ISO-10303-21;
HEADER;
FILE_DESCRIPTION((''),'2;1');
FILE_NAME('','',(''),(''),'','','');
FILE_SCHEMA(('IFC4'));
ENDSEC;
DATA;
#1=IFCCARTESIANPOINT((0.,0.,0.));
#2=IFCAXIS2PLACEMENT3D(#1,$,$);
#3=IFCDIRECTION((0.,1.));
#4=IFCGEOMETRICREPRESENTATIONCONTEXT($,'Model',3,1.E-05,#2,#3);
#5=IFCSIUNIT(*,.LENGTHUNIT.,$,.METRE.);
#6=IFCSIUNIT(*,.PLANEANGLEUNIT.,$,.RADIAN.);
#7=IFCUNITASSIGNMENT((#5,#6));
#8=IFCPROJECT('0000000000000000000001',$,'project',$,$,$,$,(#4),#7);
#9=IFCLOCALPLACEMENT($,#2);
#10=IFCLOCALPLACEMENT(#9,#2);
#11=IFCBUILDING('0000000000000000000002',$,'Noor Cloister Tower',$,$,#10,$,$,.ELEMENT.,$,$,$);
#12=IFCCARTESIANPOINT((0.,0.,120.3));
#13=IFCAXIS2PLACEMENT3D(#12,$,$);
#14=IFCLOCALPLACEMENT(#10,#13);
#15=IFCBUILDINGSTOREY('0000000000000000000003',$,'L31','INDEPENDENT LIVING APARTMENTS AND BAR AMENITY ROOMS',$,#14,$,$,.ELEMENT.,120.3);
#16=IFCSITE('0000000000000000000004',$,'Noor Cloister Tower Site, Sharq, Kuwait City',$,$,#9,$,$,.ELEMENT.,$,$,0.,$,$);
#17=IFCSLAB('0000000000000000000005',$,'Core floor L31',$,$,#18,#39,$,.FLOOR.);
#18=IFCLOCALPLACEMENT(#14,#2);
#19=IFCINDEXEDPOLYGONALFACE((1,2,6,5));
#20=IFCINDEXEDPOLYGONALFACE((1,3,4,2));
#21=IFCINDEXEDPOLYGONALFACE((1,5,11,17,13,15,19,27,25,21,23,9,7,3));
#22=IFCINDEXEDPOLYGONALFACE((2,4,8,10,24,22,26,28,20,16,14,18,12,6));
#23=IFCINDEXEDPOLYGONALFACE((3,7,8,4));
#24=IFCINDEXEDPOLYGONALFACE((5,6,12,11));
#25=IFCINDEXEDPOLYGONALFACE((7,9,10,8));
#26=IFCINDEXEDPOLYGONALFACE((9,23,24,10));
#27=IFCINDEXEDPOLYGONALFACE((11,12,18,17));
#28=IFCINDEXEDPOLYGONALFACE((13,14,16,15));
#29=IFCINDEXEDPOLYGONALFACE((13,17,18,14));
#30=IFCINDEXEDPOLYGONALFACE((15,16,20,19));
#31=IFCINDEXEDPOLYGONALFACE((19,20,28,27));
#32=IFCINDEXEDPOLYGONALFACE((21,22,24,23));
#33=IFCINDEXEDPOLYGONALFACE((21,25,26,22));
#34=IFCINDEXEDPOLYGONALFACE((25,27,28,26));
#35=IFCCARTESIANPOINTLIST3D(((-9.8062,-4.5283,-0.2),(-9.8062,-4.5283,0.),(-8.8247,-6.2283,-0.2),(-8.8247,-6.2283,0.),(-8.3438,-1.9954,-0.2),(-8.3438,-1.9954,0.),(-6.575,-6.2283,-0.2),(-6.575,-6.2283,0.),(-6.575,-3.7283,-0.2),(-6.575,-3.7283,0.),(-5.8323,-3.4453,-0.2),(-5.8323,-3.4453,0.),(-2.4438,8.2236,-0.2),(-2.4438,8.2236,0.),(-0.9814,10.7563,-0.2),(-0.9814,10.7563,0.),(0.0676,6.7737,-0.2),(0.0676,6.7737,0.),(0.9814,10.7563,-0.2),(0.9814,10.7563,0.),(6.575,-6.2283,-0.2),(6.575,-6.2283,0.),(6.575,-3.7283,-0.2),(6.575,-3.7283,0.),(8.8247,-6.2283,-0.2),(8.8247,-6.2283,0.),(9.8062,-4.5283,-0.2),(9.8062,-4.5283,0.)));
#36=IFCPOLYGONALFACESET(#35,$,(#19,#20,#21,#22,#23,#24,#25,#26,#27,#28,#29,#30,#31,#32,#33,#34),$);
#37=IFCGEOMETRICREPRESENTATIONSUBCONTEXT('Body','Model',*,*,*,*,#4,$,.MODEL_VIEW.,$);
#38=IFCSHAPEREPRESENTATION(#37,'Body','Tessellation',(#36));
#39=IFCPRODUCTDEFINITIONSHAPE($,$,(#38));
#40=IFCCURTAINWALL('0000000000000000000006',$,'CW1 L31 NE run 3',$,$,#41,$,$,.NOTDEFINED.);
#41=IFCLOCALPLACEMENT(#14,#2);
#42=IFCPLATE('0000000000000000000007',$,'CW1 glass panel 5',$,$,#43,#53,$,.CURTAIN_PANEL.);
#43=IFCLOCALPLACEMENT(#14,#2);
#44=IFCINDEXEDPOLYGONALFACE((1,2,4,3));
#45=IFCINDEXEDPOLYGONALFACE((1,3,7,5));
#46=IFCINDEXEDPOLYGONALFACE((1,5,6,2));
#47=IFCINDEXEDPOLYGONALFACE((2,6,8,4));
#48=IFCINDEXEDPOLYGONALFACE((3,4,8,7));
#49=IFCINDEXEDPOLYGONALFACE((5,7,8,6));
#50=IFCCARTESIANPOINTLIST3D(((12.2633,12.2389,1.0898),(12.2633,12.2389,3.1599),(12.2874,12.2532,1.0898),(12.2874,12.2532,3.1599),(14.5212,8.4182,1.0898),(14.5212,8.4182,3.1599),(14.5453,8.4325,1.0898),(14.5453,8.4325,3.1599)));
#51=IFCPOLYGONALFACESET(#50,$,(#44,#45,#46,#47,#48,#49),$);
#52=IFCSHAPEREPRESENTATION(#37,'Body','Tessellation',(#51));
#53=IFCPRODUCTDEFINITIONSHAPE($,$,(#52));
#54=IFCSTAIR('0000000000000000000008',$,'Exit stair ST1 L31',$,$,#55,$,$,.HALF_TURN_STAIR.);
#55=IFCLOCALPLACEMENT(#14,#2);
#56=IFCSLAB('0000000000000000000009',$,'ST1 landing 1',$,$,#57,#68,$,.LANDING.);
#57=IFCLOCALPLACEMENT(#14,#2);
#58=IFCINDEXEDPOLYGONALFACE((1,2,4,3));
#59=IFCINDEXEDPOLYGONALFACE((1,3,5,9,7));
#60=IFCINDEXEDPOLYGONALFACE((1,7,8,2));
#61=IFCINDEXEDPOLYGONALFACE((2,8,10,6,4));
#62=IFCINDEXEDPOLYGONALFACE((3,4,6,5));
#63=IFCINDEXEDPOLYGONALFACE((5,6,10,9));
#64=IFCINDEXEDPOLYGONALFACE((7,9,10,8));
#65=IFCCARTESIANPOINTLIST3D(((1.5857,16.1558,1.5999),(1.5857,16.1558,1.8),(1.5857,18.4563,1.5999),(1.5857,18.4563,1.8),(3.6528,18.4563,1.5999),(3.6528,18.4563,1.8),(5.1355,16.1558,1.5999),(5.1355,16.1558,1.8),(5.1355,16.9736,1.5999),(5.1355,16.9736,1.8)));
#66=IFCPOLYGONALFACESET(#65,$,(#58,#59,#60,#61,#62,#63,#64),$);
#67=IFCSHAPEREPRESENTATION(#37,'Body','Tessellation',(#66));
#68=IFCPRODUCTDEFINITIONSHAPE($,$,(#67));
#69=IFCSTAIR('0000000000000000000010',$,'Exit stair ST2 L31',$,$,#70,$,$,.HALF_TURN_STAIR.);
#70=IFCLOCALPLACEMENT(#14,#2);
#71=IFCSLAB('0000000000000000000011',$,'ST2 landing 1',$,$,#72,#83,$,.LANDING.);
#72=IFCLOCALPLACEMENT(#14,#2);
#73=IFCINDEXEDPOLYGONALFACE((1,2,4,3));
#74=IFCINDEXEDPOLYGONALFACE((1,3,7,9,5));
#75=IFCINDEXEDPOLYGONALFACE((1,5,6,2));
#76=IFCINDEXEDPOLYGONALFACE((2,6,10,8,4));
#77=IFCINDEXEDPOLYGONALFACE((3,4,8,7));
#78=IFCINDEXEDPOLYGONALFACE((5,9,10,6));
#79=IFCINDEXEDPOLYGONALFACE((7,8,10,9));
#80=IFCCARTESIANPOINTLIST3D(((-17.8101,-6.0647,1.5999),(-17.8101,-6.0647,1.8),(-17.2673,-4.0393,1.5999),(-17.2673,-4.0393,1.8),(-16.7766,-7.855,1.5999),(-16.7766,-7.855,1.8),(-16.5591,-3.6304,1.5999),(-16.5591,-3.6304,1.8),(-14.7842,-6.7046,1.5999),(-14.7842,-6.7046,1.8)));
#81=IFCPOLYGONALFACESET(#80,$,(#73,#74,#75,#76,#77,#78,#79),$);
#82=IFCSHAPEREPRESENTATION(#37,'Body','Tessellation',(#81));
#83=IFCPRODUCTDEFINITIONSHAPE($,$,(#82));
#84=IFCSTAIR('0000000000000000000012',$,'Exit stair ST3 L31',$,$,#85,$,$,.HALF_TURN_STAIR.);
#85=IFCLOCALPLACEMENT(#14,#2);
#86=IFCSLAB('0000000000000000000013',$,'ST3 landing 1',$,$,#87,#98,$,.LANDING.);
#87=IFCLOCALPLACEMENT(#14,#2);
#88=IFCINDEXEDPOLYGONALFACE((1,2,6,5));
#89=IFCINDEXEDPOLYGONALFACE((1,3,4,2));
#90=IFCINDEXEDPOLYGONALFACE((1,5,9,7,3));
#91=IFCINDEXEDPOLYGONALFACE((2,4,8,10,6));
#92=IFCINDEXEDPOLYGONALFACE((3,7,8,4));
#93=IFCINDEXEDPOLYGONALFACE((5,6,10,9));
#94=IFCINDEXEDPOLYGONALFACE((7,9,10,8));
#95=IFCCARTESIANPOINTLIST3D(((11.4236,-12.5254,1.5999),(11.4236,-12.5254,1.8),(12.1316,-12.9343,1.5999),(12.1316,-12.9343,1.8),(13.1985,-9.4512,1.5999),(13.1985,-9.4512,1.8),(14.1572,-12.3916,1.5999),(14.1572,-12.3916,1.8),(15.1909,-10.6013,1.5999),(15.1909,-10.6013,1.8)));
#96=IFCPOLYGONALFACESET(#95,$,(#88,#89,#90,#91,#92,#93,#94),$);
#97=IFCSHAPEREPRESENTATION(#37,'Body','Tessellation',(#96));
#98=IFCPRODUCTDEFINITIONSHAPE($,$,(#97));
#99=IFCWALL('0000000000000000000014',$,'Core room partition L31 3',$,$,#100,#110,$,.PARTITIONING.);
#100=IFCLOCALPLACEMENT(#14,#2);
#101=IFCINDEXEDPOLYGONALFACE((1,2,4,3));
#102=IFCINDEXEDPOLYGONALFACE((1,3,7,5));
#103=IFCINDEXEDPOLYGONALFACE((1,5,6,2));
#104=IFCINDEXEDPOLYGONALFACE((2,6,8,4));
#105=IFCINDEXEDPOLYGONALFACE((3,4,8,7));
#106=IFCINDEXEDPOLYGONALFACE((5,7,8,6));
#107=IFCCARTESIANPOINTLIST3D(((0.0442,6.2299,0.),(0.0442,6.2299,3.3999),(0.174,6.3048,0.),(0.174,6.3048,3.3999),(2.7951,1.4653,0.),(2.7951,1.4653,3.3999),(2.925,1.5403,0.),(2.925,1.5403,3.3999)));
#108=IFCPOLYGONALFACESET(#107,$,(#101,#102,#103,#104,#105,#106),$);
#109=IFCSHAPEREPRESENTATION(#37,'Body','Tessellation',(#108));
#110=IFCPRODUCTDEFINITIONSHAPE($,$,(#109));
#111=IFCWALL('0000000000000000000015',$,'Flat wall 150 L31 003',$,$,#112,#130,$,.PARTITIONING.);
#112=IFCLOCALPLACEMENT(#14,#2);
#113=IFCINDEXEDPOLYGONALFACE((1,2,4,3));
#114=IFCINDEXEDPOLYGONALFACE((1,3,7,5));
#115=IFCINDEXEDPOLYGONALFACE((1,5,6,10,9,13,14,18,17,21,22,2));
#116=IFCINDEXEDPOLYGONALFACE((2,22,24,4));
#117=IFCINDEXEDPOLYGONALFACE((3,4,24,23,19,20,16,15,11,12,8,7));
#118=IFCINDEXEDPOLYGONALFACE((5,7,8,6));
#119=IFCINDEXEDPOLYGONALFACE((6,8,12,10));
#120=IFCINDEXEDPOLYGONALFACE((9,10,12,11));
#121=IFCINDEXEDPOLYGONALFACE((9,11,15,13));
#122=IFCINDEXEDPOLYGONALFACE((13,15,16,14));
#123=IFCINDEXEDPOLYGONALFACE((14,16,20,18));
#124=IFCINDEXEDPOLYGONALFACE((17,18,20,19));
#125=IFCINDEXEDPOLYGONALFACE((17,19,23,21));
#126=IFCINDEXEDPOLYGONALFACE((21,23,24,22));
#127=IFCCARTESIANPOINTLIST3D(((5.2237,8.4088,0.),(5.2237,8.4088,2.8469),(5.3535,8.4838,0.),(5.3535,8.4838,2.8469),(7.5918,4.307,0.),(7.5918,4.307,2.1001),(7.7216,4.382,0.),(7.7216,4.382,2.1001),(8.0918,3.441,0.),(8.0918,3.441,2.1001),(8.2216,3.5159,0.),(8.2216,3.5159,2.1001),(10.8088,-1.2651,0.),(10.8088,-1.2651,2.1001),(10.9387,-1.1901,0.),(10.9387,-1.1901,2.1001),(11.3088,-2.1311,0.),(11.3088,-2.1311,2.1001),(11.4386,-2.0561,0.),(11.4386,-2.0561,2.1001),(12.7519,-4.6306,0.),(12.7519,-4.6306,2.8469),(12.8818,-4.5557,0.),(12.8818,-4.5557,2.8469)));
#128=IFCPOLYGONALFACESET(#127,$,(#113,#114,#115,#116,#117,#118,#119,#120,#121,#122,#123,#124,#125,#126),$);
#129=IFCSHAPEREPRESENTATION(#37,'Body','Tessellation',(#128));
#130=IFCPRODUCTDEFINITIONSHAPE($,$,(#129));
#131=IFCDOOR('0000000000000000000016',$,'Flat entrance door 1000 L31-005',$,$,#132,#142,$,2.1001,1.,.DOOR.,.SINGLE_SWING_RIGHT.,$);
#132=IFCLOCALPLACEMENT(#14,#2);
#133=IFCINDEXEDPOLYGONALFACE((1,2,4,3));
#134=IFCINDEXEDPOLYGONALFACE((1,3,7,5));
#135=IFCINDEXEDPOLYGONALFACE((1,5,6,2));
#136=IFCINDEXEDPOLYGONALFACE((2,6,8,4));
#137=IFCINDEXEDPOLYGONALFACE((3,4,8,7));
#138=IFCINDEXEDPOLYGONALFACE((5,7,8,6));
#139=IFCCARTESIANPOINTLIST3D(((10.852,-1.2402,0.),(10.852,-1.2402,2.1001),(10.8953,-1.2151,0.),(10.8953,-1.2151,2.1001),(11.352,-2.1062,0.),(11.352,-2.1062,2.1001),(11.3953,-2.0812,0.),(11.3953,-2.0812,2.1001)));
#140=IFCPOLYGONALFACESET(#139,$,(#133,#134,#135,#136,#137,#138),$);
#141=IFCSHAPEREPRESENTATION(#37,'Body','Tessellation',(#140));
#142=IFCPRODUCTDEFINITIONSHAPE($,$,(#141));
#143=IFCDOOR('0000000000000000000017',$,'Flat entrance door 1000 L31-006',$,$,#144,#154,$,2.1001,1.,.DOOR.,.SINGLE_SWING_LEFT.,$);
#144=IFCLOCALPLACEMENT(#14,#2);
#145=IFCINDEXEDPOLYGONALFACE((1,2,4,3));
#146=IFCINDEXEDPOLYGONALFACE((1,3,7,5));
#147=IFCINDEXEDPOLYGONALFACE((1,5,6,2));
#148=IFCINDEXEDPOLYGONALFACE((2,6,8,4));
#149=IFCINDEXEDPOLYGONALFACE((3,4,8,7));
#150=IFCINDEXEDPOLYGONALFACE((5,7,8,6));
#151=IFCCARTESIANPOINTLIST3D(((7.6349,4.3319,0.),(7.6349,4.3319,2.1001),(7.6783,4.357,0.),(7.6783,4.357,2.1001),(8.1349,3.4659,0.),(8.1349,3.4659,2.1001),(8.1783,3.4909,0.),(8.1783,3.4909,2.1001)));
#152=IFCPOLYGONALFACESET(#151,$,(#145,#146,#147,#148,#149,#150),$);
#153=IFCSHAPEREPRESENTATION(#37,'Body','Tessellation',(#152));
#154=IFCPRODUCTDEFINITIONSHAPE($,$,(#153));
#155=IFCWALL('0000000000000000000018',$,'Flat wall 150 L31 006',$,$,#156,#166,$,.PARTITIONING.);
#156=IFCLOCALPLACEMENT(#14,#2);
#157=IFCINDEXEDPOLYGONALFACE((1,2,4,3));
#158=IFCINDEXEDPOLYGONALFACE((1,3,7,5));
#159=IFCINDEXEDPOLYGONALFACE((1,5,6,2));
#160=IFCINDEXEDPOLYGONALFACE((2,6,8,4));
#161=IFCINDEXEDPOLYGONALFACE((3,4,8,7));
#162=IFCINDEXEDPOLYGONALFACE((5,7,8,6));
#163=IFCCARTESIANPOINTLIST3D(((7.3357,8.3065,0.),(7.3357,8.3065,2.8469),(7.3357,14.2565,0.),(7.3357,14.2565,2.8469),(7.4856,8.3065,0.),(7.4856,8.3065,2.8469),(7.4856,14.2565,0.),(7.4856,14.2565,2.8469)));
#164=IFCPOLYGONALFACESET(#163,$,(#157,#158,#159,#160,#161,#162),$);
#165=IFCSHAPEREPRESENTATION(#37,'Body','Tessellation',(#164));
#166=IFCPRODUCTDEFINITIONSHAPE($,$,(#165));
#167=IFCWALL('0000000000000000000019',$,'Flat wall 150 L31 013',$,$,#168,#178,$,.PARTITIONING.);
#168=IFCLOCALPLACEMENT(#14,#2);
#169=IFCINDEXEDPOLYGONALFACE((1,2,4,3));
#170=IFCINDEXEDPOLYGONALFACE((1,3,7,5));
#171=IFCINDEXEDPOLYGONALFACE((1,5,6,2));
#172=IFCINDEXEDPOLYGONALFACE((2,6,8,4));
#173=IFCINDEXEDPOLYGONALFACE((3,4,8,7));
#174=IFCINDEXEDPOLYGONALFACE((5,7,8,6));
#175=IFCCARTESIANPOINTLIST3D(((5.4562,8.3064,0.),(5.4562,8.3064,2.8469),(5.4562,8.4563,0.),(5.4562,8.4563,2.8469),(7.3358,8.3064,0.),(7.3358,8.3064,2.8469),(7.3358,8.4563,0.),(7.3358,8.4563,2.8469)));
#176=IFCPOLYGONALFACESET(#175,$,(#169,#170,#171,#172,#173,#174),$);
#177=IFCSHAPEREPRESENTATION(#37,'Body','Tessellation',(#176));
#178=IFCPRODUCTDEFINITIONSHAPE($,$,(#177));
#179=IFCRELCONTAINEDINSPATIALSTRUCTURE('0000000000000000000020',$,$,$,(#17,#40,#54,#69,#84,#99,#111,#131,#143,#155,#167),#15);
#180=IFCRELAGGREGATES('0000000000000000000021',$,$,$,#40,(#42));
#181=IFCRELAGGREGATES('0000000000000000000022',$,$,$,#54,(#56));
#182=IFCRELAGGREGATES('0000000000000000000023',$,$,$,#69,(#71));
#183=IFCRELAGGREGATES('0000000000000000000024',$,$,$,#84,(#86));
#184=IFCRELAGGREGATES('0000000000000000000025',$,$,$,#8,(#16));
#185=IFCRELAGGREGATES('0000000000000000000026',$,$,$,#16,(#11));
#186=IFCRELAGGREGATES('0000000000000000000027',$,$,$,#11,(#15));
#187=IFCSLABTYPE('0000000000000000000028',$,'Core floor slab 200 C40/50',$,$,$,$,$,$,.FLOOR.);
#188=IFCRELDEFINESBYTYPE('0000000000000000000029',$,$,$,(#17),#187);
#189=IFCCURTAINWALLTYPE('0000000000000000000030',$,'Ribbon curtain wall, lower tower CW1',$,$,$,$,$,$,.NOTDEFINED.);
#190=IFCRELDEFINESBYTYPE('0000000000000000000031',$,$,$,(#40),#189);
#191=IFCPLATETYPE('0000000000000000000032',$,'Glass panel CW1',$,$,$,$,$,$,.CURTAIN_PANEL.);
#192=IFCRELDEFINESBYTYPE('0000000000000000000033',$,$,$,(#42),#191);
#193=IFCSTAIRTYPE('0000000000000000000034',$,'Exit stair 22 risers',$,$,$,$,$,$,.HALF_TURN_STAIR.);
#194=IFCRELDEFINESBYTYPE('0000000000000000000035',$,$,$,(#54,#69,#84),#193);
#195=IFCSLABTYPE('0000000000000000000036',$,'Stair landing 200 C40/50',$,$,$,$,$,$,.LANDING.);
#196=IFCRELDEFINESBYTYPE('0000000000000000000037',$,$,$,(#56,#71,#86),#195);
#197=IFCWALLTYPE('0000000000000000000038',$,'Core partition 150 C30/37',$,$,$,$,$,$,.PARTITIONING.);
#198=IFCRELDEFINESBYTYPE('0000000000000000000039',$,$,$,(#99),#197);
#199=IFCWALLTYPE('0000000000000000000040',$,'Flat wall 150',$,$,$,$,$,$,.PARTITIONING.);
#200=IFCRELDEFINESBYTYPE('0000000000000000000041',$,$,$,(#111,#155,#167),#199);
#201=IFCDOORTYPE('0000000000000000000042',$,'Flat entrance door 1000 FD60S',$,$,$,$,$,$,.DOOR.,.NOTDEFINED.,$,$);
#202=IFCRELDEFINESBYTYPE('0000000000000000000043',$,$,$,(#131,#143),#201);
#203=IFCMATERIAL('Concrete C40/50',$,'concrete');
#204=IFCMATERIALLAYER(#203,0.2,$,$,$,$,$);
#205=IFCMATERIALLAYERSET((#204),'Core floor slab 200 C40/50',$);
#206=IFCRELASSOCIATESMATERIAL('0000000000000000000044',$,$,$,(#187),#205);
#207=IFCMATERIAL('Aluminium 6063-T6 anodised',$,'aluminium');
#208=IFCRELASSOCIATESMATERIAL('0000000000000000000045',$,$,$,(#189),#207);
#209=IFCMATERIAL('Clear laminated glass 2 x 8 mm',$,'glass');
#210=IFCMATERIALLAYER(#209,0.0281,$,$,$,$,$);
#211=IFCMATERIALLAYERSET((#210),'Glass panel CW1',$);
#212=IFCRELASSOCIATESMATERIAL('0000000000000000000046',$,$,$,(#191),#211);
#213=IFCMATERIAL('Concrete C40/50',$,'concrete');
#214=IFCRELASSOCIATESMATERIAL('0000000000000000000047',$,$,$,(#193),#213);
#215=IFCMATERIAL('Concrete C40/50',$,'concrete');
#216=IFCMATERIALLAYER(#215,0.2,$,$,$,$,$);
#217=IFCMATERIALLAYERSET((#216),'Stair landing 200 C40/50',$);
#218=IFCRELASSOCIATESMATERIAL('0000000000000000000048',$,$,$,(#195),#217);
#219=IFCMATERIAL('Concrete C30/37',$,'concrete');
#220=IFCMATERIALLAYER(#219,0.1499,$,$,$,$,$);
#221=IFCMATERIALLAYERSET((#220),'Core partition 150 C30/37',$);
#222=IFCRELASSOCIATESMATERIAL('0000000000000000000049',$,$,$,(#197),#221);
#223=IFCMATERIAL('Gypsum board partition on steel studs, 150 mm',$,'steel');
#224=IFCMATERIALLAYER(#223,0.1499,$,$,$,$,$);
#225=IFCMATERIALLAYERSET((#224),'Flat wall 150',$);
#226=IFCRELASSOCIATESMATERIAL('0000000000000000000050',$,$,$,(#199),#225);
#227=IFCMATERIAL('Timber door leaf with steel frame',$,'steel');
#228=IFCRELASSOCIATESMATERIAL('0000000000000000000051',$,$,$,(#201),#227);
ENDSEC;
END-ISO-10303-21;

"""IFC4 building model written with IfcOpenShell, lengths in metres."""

from ifc_helpers import new_model, si_unit, direction, frame, frame_2d, origin, origin_2d, place, context, subcontext, project, spatial, polyline, rectangle, outline, extrude, material, layer, layer_set, type_object, element, fill, aggregate, save


model = new_model("IFC4")

# Units and contexts
model_context = context("Model", 3, precision=1e-05, world=origin(), true_north=direction((0.0, 1.0)))
body_context = subcontext(model_context, "Body", "Model", "MODEL_VIEW")
ifc_project = project(units=[si_unit("LENGTHUNIT", "METRE"), si_unit("PLANEANGLEUNIT", "RADIAN")], contexts=[model_context])

# Site, building, storey
site_placement = place(None, origin())
site = spatial("IfcSite", under=ifc_project, at=site_placement, Name="Noor Cloister Tower Site, Sharq, Kuwait City", CompositionType="ELEMENT", RefElevation=0.0)
building_placement = place(site_placement, origin())
building = spatial("IfcBuilding", under=site, at=building_placement, Name="Noor Cloister Tower", CompositionType="ELEMENT")
storey_placement = place(building_placement, frame((0.0, 0.0, 120.3)))
storey = spatial("IfcBuildingStorey", under=building, at=storey_placement, Name="L31", Description="INDEPENDENT LIVING APARTMENTS AND BAR AMENITY ROOMS", CompositionType="ELEMENT", Elevation=120.3)

# Slab
ifc_material_1 = material(Name="Concrete C40/50", Category="concrete")
ifc_layer_1 = layer(ifc_material_1, 0.2)
ifc_layer_set_1 = layer_set([ifc_layer_1], Name="Core floor slab 200 C40/50")
slab_type_1 = type_object("IfcSlabType", Name="Core floor slab 200 C40/50", PredefinedType="FLOOR", material=ifc_layer_set_1)
slab_1_placement = place(storey_placement, frame((0.0, 0.0, -0.2)))
element("IfcSlab", 1, at=slab_1_placement, inside=storey, type_object=slab_type_1, Name="Core floor L31", PredefinedType="FLOOR", context=body_context, shape_type="SweptSolid", body=[
    extrude(outline(polyline([(-6.575, -6.2283), (-6.575, -3.7283), (6.575, -3.7283), (6.575, -6.2283), (8.8247, -6.2283), (9.8062, -4.5283), (0.9814, 10.7563), (-0.9814, 10.7563), (-2.4438, 8.2236), (0.0676, 6.7737), (-5.8323, -3.4453), (-8.3438, -1.9954), (-9.8062, -4.5283), (-8.8247, -6.2283), (-6.575, -6.2283)])), origin(), (0.0, 0.0, 1.0), 0.2),
])

# Curtain wall, plate
ifc_material_2 = material(Name="Aluminium 6063-T6 anodised", Category="aluminium")
curtain_wall_type = type_object("IfcCurtainWallType", Name="Ribbon curtain wall, lower tower CW1", PredefinedType="NOTDEFINED", material=ifc_material_2)
curtain_wall_placement = place(storey_placement, origin())
curtain_wall = element("IfcCurtainWall", 2, at=curtain_wall_placement, inside=storey, type_object=curtain_wall_type, Name="CW1 L31 NE run 3", PredefinedType="NOTDEFINED")
ifc_material_3 = material(Name="Clear laminated glass 2 x 8 mm", Category="glass")
ifc_layer_2 = layer(ifc_material_3, 0.0281)
ifc_layer_set_2 = layer_set([ifc_layer_2], Name="Glass panel CW1")
plate_type = type_object("IfcPlateType", Name="Glass panel CW1", PredefinedType="CURTAIN_PANEL", material=ifc_layer_set_2)
plate_placement = place(storey_placement, frame((13.4043, 10.3357, 1.0898), z_axis=(0.0, 0.0, 1.0), x_axis=(-0.508762, 0.860907, 0.0)))
plate = element("IfcPlate", 3, at=plate_placement, type_object=plate_type, Name="CW1 glass panel 5", PredefinedType="CURTAIN_PANEL", context=body_context, shape_type="SweptSolid", body=[
    extrude(rectangle(XDim=4.438, YDim=0.0281, at=origin_2d()), origin(), (0.0, 0.0, 1.0), 2.0701),
])
aggregate(curtain_wall, [plate])

# Stairs, slabs
ifc_material_4 = material(Name="Concrete C40/50", Category="concrete")
stair_type = type_object("IfcStairType", Name="Exit stair 22 risers", PredefinedType="HALF_TURN_STAIR", material=ifc_material_4)
stair_1_placement = place(storey_placement, origin())
stair_1 = element("IfcStair", 4, at=stair_1_placement, inside=storey, type_object=stair_type, Name="Exit stair ST1 L31", PredefinedType="HALF_TURN_STAIR")
ifc_material_5 = material(Name="Concrete C40/50", Category="concrete")
ifc_layer_3 = layer(ifc_material_5, 0.2)
ifc_layer_set_3 = layer_set([ifc_layer_3], Name="Stair landing 200 C40/50")
slab_type_2 = type_object("IfcSlabType", Name="Stair landing 200 C40/50", PredefinedType="LANDING", material=ifc_layer_set_3)
slab_2_placement = place(storey_placement, frame((0.0, 0.0, 1.5999)))
slab_2 = element("IfcSlab", 5, at=slab_2_placement, type_object=slab_type_2, Name="ST1 landing 1", PredefinedType="LANDING", context=body_context, shape_type="SweptSolid", body=[
    extrude(outline(polyline([(5.1355, 16.1558), (5.1355, 16.9736), (3.6528, 18.4563), (1.5857, 18.4563), (1.5857, 16.1558), (5.1355, 16.1558)])), origin(), (0.0, 0.0, 1.0), 0.2002),
])
aggregate(stair_1, [slab_2])
stair_2_placement = place(storey_placement, origin())
stair_2 = element("IfcStair", 6, at=stair_2_placement, inside=storey, type_object=stair_type, Name="Exit stair ST2 L31", PredefinedType="HALF_TURN_STAIR")
slab_3_placement = place(storey_placement, frame((0.0, 0.0, 1.5999)))
slab_3 = element("IfcSlab", 7, at=slab_3_placement, type_object=slab_type_2, Name="ST2 landing 1", PredefinedType="LANDING", context=body_context, shape_type="SweptSolid", body=[
    extrude(outline(polyline([(-16.5591, -3.6304), (-17.2673, -4.0393), (-17.8101, -6.0647), (-16.7766, -7.855), (-14.7842, -6.7046), (-16.5591, -3.6304)])), origin(), (0.0, 0.0, 1.0), 0.2002),
])
aggregate(stair_2, [slab_3])
stair_3_placement = place(storey_placement, origin())
stair_3 = element("IfcStair", 8, at=stair_3_placement, inside=storey, type_object=stair_type, Name="Exit stair ST3 L31", PredefinedType="HALF_TURN_STAIR")
slab_4_placement = place(storey_placement, frame((0.0, 0.0, 1.5999)))
slab_4 = element("IfcSlab", 9, at=slab_4_placement, type_object=slab_type_2, Name="ST3 landing 1", PredefinedType="LANDING", context=body_context, shape_type="SweptSolid", body=[
    extrude(outline(polyline([(11.4236, -12.5254), (12.1316, -12.9343), (14.1572, -12.3916), (15.1909, -10.6013), (13.1985, -9.4512), (11.4236, -12.5254)])), origin(), (0.0, 0.0, 1.0), 0.2002),
])
aggregate(stair_3, [slab_4])

# Wall
ifc_material_6 = material(Name="Concrete C30/37", Category="concrete")
ifc_layer_4 = layer(ifc_material_6, 0.1499)
ifc_layer_set_4 = layer_set([ifc_layer_4], Name="Core partition 150 C30/37")
wall_type_1 = type_object("IfcWallType", Name="Core partition 150 C30/37", PredefinedType="PARTITIONING", material=ifc_layer_set_4)
wall_1_placement = place(storey_placement, frame((2.8601, 1.5027, 0.0), z_axis=(0.0, 0.0, 1.0), x_axis=(-0.500014, 0.866017, 0.0)))
element("IfcWall", 10, at=wall_1_placement, inside=storey, type_object=wall_type_1, Name="Core room partition L31 3", PredefinedType="PARTITIONING", context=body_context, shape_type="SweptSolid", body=[
    extrude(rectangle(XDim=5.5017, YDim=0.1499, at=frame_2d((2.751, 0.0))), origin(), (0.0, 0.0, 1.0), 3.3999),
])

# Wall, openings, doors
ifc_material_7 = material(Name="Gypsum board partition on steel studs, 150 mm", Category="steel")
ifc_layer_5 = layer(ifc_material_7, 0.1499)
ifc_layer_set_5 = layer_set([ifc_layer_5], Name="Flat wall 150")
wall_type_2 = type_object("IfcWallType", Name="Flat wall 150", PredefinedType="PARTITIONING", material=ifc_layer_set_5)
wall_2_placement = place(storey_placement, frame((5.2886, 8.4463, 0.0), z_axis=(0.0, 0.0, 1.0), x_axis=(0.499997, -0.866027, 0.0)))
wall_2 = element("IfcWall", 11, at=wall_2_placement, inside=storey, type_object=wall_type_2, Name="Flat wall 150 L31 003", PredefinedType="PARTITIONING", context=body_context, shape_type="SweptSolid", body=[
    extrude(rectangle(XDim=15.0566, YDim=0.1499, at=frame_2d((7.5283, 0.0))), origin(), (0.0, 0.0, 1.0), 2.8469),
])
opening_1_placement = place(wall_2_placement, frame((11.1704, 0.0, 0.0)))
opening_1 = element("IfcOpeningElement", 12, at=opening_1_placement, cuts=wall_2, PredefinedType="OPENING", context=body_context, shape_type="SweptSolid", body=[
    extrude(rectangle(XDim=1.0, YDim=2.1001, at=frame_2d((0.5, 1.05))), frame((0.0, 0.085, 0.0), z_axis=(0.0, -1.0, 0.0), x_axis=(1.0, 0.0, 0.0)), (0.0, 0.0, 1.0), 0.1699),
])
opening_2_placement = place(wall_2_placement, frame((4.7363, 0.0, 0.0)))
opening_2 = element("IfcOpeningElement", 13, at=opening_2_placement, cuts=wall_2, PredefinedType="OPENING", context=body_context, shape_type="SweptSolid", body=[
    extrude(rectangle(XDim=1.0, YDim=2.1001, at=frame_2d((0.5, 1.05))), frame((0.0, 0.085, 0.0), z_axis=(0.0, -1.0, 0.0), x_axis=(1.0, 0.0, 0.0)), (0.0, 0.0, 1.0), 0.1699),
])
ifc_material_8 = material(Name="Timber door leaf with steel frame", Category="steel")
door_type_1 = type_object("IfcDoorType", Name="Flat entrance door 1000 FD60S", OperationType="NOTDEFINED", PredefinedType="DOOR", material=ifc_material_8)
door_1_placement = place(opening_1_placement, origin())
door_1 = element("IfcDoor", 14, at=door_1_placement, inside=storey, type_object=door_type_1, Name="Flat entrance door 1000 L31-005", OperationType="SINGLE_SWING_RIGHT", OverallHeight=2.1001, OverallWidth=1.0, PredefinedType="DOOR", context=body_context, shape_type="SweptSolid", body=[
    extrude(rectangle(XDim=1.0, YDim=2.1001, at=frame_2d((0.5, 1.05))), frame((0.0, 0.0249, 0.0), z_axis=(0.0, -1.0, 0.0), x_axis=(1.0, 0.0, 0.0)), (0.0, 0.0, 1.0), 0.05),
])
fill(opening_1, door_1)
door_2_placement = place(opening_2_placement, origin())
door_2 = element("IfcDoor", 15, at=door_2_placement, inside=storey, type_object=door_type_1, Name="Flat entrance door 1000 L31-006", OperationType="SINGLE_SWING_LEFT", OverallHeight=2.1001, OverallWidth=1.0, PredefinedType="DOOR", context=body_context, shape_type="SweptSolid", body=[
    extrude(rectangle(XDim=1.0, YDim=2.1001, at=frame_2d((0.5, 1.05))), frame((0.0, 0.0249, 0.0), z_axis=(0.0, -1.0, 0.0), x_axis=(1.0, 0.0, 0.0)), (0.0, 0.0, 1.0), 0.05),
])
fill(opening_2, door_2)

# Walls
wall_3_placement = place(storey_placement, frame((7.4106, 8.3064, 0.0), z_axis=(0.0, 0.0, 1.0), x_axis=(0.0, 1.0, 0.0)))
element("IfcWall", 16, at=wall_3_placement, inside=storey, type_object=wall_type_2, Name="Flat wall 150 L31 006", PredefinedType="PARTITIONING", context=body_context, shape_type="SweptSolid", body=[
    extrude(rectangle(XDim=5.95, YDim=0.1499, at=frame_2d((2.9751, 0.0))), origin(), (0.0, 0.0, 1.0), 2.8469),
])
wall_4_placement = place(storey_placement, frame((5.4561, 8.3813, 0.0), z_axis=(0.0, 0.0, 1.0), x_axis=(1.0, 0.0, 0.0)))
element("IfcWall", 17, at=wall_4_placement, inside=storey, type_object=wall_type_2, Name="Flat wall 150 L31 013", PredefinedType="PARTITIONING", context=body_context, shape_type="SweptSolid", body=[
    extrude(rectangle(XDim=1.8796, YDim=0.1499, at=frame_2d((0.9399, 0.0))), origin(), (0.0, 0.0, 1.0), 2.8469),
])

save(model, "model.ifc")
